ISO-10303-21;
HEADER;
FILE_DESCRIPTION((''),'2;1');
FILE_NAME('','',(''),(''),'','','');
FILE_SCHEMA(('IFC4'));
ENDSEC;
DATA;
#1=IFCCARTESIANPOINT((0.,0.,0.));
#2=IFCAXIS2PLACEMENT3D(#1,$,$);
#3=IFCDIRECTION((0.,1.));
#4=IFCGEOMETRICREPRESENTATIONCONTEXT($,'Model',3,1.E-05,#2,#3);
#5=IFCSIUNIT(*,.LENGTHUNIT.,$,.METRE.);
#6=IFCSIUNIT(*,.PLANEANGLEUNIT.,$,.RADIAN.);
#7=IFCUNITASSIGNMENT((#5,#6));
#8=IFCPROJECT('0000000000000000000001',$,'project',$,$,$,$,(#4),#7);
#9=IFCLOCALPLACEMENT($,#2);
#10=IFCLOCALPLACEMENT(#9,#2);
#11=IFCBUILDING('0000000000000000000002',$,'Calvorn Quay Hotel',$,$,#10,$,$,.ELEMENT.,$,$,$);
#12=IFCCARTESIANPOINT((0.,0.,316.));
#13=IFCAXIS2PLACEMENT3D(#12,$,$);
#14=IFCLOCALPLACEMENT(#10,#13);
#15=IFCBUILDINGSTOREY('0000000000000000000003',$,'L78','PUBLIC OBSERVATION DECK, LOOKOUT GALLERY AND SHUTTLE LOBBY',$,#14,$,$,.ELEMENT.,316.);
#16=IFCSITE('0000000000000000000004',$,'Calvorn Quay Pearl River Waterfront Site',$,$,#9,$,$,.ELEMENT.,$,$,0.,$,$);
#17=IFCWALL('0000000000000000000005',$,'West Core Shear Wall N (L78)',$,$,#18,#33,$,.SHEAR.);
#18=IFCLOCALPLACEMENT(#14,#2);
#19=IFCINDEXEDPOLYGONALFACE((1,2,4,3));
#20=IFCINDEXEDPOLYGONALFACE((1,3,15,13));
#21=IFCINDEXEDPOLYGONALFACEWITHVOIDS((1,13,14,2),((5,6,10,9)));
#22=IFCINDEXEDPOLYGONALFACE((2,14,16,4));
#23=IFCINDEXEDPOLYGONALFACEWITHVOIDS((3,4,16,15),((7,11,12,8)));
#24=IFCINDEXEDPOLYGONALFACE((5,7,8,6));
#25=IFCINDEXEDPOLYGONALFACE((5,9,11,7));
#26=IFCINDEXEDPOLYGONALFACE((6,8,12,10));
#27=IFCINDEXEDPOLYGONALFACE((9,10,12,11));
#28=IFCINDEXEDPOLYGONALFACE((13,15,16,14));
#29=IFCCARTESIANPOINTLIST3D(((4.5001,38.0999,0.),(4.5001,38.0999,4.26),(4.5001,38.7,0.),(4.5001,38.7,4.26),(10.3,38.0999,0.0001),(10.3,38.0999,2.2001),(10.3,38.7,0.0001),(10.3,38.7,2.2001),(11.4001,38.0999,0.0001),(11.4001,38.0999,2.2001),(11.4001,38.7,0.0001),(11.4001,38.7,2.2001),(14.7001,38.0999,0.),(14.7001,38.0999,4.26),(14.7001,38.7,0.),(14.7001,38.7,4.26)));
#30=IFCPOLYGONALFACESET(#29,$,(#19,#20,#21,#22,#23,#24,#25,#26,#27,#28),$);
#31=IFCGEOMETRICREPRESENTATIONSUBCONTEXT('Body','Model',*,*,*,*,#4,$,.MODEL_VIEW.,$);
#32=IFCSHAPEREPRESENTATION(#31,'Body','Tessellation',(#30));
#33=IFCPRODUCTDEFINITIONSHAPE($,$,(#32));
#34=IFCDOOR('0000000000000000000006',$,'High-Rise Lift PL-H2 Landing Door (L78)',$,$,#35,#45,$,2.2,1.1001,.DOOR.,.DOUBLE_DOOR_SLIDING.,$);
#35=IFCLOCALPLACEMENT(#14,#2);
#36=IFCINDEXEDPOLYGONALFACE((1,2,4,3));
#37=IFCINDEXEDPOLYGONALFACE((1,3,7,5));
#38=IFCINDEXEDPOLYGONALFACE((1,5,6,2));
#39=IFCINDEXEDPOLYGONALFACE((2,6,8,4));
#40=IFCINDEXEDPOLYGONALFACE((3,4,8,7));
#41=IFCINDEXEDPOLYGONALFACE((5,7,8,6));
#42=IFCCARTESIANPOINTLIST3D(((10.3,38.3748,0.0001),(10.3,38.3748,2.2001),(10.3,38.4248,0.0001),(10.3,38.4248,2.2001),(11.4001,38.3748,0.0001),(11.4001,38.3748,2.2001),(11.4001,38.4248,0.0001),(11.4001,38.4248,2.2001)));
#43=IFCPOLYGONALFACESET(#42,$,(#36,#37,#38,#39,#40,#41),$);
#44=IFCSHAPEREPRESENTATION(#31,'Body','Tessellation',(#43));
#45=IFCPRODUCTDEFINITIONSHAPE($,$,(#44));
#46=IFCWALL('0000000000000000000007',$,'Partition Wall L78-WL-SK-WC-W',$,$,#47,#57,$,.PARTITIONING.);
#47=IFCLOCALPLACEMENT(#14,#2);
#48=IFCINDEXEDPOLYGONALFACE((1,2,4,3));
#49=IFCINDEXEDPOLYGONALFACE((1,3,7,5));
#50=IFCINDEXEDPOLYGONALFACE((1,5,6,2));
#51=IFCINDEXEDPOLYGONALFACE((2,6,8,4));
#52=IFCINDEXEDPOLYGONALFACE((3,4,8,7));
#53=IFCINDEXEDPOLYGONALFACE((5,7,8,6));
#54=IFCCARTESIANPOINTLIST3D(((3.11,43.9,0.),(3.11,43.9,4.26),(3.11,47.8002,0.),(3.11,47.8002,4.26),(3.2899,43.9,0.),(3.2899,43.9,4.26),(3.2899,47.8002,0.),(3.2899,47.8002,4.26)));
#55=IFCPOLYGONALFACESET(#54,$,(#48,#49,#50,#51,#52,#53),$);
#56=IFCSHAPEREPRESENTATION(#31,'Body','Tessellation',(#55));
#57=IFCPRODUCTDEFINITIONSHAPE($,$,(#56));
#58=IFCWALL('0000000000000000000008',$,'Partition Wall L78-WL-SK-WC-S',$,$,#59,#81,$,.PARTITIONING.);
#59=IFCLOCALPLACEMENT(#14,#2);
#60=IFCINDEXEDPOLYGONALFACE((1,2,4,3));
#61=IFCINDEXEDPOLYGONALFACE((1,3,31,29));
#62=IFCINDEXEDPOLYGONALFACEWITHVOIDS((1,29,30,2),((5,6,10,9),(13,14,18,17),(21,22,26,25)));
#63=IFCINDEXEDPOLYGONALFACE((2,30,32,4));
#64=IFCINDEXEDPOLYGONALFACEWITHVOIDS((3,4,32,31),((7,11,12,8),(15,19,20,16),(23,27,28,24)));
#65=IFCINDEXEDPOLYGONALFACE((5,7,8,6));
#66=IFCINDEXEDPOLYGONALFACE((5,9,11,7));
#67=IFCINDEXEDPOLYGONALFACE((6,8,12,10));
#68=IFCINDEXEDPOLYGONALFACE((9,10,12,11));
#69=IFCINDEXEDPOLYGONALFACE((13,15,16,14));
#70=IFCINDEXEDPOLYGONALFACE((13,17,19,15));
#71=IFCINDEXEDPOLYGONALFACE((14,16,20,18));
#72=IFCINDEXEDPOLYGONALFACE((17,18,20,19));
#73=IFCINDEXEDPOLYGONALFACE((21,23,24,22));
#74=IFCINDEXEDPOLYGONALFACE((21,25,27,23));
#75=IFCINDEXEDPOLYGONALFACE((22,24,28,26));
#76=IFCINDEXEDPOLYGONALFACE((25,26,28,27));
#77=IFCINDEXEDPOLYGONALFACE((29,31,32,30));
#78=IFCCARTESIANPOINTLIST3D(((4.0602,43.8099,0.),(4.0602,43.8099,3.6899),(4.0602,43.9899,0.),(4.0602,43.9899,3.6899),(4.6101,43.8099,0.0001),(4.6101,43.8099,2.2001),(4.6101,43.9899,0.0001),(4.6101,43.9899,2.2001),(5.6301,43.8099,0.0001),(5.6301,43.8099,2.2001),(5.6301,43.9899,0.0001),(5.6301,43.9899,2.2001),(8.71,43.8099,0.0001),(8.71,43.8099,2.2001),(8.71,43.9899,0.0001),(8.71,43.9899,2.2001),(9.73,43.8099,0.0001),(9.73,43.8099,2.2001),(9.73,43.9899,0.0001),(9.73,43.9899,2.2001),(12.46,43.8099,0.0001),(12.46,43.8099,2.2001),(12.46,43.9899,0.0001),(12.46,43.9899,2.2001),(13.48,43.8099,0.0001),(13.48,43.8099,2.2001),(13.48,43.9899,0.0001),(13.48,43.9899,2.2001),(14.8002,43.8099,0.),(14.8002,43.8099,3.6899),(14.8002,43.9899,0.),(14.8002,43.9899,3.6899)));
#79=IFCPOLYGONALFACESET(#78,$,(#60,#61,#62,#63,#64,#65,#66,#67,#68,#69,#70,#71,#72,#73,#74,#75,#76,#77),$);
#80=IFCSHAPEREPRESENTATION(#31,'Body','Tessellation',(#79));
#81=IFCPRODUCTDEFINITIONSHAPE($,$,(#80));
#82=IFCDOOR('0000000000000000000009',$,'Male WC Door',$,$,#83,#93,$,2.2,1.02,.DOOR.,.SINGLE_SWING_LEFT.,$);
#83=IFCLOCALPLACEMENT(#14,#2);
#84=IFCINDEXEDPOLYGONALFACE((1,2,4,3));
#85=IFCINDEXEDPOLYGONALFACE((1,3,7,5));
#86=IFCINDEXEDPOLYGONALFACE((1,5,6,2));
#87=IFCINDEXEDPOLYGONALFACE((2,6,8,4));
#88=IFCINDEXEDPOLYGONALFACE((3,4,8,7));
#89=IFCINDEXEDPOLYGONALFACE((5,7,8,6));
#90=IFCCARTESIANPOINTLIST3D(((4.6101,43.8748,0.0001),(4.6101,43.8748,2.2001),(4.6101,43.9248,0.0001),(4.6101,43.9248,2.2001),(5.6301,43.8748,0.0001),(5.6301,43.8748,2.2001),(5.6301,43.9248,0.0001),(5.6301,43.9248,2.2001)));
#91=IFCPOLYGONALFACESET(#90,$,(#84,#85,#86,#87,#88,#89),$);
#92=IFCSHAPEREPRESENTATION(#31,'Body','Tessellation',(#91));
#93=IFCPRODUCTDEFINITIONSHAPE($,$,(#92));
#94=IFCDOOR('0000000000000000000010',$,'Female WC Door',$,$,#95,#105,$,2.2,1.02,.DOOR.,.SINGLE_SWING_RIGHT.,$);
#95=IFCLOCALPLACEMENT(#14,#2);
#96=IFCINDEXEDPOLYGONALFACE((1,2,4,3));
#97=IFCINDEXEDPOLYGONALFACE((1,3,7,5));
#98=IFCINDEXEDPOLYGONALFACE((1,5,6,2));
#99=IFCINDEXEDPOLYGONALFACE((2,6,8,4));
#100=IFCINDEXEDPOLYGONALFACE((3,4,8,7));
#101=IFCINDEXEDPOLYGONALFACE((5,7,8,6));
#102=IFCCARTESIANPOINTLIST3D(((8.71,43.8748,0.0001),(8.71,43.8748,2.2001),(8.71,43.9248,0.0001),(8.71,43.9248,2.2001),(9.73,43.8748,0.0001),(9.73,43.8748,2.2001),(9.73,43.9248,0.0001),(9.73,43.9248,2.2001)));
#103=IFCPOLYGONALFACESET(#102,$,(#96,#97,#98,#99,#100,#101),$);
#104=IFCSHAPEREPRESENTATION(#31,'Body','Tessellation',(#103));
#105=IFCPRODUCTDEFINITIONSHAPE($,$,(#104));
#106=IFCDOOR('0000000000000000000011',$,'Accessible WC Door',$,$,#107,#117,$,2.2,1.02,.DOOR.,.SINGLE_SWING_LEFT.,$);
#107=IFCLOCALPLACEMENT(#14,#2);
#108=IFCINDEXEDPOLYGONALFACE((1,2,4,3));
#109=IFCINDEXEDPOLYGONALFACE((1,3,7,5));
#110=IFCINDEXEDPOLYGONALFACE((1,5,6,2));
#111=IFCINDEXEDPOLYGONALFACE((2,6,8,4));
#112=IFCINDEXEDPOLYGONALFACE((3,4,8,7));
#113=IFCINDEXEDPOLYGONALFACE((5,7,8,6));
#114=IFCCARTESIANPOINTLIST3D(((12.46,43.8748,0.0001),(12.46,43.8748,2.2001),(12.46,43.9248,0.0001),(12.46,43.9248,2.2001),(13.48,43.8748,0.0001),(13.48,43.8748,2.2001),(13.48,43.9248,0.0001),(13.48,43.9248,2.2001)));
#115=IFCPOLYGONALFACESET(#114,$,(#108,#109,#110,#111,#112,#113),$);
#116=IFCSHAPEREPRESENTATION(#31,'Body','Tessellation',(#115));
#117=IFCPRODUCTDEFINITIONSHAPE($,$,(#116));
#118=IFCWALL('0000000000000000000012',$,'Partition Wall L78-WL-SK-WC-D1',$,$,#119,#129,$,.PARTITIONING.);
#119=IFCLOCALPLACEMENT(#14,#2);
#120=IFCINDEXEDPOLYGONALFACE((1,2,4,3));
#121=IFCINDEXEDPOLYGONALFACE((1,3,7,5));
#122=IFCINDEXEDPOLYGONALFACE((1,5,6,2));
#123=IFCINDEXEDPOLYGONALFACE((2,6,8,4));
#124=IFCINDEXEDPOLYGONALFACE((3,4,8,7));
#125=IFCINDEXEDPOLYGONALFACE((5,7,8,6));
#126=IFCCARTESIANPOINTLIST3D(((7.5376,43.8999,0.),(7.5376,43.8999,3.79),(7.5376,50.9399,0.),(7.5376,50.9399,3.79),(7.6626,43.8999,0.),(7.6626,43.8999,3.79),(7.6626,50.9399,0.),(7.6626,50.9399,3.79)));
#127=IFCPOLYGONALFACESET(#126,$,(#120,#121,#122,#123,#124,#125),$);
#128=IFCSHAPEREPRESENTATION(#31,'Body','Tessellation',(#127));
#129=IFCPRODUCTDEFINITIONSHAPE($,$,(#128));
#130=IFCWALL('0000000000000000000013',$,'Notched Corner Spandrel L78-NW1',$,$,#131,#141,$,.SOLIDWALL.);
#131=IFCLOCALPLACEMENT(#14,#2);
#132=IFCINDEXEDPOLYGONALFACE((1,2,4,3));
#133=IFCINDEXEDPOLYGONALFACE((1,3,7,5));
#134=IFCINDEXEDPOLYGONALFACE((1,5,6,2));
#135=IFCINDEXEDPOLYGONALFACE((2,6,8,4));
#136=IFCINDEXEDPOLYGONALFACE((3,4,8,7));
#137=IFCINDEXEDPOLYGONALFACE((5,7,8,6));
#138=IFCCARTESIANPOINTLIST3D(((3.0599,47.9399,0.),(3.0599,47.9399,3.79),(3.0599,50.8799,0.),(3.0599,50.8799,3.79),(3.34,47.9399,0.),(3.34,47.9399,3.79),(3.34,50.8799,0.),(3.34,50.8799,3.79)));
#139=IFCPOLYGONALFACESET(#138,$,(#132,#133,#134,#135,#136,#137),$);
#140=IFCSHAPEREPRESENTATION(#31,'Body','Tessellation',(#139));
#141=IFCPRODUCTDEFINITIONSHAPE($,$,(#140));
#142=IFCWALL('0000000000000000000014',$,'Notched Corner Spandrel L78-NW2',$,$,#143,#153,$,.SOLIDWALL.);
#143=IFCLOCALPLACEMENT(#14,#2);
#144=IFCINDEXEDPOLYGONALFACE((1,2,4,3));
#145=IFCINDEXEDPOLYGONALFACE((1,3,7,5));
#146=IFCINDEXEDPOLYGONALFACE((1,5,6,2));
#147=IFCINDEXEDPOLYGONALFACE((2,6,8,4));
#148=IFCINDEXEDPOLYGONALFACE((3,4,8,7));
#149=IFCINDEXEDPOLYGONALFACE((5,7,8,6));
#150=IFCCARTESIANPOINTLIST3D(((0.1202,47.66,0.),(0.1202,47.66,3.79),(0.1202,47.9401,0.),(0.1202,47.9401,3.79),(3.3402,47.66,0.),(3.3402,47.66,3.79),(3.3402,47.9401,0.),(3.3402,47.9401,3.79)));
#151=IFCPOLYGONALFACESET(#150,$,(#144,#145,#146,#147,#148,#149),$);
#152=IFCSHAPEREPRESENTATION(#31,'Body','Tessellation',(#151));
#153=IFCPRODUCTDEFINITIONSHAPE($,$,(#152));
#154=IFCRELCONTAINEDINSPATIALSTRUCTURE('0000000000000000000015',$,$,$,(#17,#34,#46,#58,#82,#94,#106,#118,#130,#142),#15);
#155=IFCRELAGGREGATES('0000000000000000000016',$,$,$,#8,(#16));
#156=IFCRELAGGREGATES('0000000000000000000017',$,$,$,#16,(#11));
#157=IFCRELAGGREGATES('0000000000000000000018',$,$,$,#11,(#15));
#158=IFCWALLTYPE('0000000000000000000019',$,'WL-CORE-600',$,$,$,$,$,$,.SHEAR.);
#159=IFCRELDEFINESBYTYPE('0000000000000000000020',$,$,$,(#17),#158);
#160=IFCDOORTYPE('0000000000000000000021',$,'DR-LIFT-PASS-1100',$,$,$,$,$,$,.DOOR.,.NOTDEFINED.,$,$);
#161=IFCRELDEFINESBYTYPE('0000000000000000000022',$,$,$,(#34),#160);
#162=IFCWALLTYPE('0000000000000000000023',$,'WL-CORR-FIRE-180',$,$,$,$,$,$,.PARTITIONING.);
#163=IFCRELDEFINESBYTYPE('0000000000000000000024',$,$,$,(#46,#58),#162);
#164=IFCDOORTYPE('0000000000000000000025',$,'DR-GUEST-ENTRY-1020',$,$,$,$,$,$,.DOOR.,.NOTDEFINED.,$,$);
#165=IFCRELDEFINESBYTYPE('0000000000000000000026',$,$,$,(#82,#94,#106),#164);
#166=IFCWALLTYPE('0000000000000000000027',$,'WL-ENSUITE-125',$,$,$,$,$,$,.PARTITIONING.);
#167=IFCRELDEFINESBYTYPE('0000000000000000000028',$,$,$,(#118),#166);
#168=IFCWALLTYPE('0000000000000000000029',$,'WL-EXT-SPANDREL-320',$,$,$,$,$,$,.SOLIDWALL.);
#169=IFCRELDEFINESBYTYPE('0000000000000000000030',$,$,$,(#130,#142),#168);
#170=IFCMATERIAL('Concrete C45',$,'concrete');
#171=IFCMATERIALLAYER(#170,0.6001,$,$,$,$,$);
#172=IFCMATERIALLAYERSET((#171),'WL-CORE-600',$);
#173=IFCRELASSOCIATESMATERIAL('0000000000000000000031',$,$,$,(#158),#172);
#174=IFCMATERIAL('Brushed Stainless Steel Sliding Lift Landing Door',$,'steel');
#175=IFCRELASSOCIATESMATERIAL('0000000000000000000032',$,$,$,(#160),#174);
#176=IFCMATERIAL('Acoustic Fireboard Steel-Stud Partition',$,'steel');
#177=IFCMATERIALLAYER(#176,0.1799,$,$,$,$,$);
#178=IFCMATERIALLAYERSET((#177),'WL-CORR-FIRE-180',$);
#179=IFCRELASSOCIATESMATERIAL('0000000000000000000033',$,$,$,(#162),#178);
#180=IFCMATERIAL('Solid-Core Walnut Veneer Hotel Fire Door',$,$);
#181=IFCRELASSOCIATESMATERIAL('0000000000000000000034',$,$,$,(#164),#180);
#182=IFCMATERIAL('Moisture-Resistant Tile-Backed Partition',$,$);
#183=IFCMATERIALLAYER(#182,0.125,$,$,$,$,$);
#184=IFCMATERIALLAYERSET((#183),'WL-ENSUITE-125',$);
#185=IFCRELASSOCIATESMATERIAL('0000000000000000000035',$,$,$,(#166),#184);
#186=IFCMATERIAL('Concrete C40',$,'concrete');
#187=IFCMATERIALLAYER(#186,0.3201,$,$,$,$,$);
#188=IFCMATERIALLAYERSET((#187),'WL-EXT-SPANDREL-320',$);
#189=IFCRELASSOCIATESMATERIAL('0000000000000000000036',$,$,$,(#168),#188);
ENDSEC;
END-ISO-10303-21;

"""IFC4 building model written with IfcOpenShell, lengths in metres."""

from ifc_helpers import new_model, si_unit, direction, frame, frame_2d, origin, place, context, subcontext, project, spatial, rectangle, extrude, material, layer, layer_set, type_object, element, fill, save


model = new_model("IFC4")

# Units and contexts
model_context = context("Model", 3, precision=1e-05, world=origin(), true_north=direction((0.0, 1.0)))
body_context = subcontext(model_context, "Body", "Model", "MODEL_VIEW")
ifc_project = project(units=[si_unit("LENGTHUNIT", "METRE"), si_unit("PLANEANGLEUNIT", "RADIAN")], contexts=[model_context])

# Site, building, storey
site_placement = place(None, origin())
site = spatial("IfcSite", under=ifc_project, at=site_placement, Name="Calvorn Quay Pearl River Waterfront Site", CompositionType="ELEMENT", RefElevation=0.0)
building_placement = place(site_placement, origin())
building = spatial("IfcBuilding", under=site, at=building_placement, Name="Calvorn Quay Hotel", CompositionType="ELEMENT")
storey_placement = place(building_placement, frame((0.0, 0.0, 316.0)))
storey = spatial("IfcBuildingStorey", under=building, at=storey_placement, Name="L78", Description="PUBLIC OBSERVATION DECK, LOOKOUT GALLERY AND SHUTTLE LOBBY", CompositionType="ELEMENT", Elevation=316.0)

# Wall, opening, door
ifc_material_1 = material(Name="Concrete C45", Category="concrete")
ifc_layer_1 = layer(ifc_material_1, 0.6001)
ifc_layer_set_1 = layer_set([ifc_layer_1], Name="WL-CORE-600")
wall_type_1 = type_object("IfcWallType", Name="WL-CORE-600", PredefinedType="SHEAR", material=ifc_layer_set_1)
wall_1_placement = place(storey_placement, frame((4.5, 38.3999, 0.0), z_axis=(0.0, 0.0, 1.0), x_axis=(1.0, 0.0, 0.0)))
wall_1 = element("IfcWall", 1, at=wall_1_placement, inside=storey, type_object=wall_type_1, Name="West Core Shear Wall N (L78)", PredefinedType="SHEAR", context=body_context, shape_type="SweptSolid", body=[
    extrude(rectangle(XDim=10.2, YDim=0.6001, at=frame_2d((5.1001, 0.0))), origin(), (0.0, 0.0, 1.0), 4.26),
])
opening_1_placement = place(wall_1_placement, frame((5.8, 0.0, 0.0)))
opening_1 = element("IfcOpeningElement", 2, at=opening_1_placement, cuts=wall_1, PredefinedType="OPENING", context=body_context, shape_type="SweptSolid", body=[
    extrude(rectangle(XDim=1.1001, YDim=2.2, at=frame_2d((0.55, 1.1001))), frame((0.0, 0.3101, 0.0), z_axis=(0.0, -1.0, 0.0), x_axis=(1.0, 0.0, 0.0)), (0.0, 0.0, 1.0), 0.6201),
])
ifc_material_2 = material(Name="Brushed Stainless Steel Sliding Lift Landing Door", Category="steel")
door_type_1 = type_object("IfcDoorType", Name="DR-LIFT-PASS-1100", OperationType="NOTDEFINED", PredefinedType="DOOR", material=ifc_material_2)
door_1_placement = place(opening_1_placement, origin())
door_1 = element("IfcDoor", 3, at=door_1_placement, inside=storey, type_object=door_type_1, Name="High-Rise Lift PL-H2 Landing Door (L78)", OperationType="DOUBLE_DOOR_SLIDING", OverallHeight=2.2, OverallWidth=1.1001, PredefinedType="DOOR", context=body_context, shape_type="SweptSolid", body=[
    extrude(rectangle(XDim=1.1001, YDim=2.2, at=frame_2d((0.55, 1.1001))), frame((0.0, 0.0249, 0.0), z_axis=(0.0, -1.0, 0.0), x_axis=(1.0, 0.0, 0.0)), (0.0, 0.0, 1.0), 0.05),
])
fill(opening_1, door_1)

# Wall
ifc_material_3 = material(Name="Acoustic Fireboard Steel-Stud Partition", Category="steel")
ifc_layer_2 = layer(ifc_material_3, 0.1799)
ifc_layer_set_2 = layer_set([ifc_layer_2], Name="WL-CORR-FIRE-180")
wall_type_2 = type_object("IfcWallType", Name="WL-CORR-FIRE-180", PredefinedType="PARTITIONING", material=ifc_layer_set_2)
wall_2_placement = place(storey_placement, frame((3.2, 43.8999, 0.0), z_axis=(0.0, 0.0, 1.0), x_axis=(0.0, 1.0, 0.0)))
element("IfcWall", 4, at=wall_2_placement, inside=storey, type_object=wall_type_2, Name="Partition Wall L78-WL-SK-WC-W", PredefinedType="PARTITIONING", context=body_context, shape_type="SweptSolid", body=[
    extrude(rectangle(XDim=3.9001, YDim=0.1799, at=frame_2d((1.9502, 0.0))), origin(), (0.0, 0.0, 1.0), 4.26),
])

# Wall, openings, doors
wall_3_placement = place(storey_placement, frame((4.0601, 43.8999, 0.0), z_axis=(0.0, 0.0, 1.0), x_axis=(1.0, 0.0, 0.0)))
wall_3 = element("IfcWall", 5, at=wall_3_placement, inside=storey, type_object=wall_type_2, Name="Partition Wall L78-WL-SK-WC-S", PredefinedType="PARTITIONING", context=body_context, shape_type="SweptSolid", body=[
    extrude(rectangle(XDim=10.74, YDim=0.1799, at=frame_2d((5.3701, 0.0))), origin(), (0.0, 0.0, 1.0), 3.6899),
])
opening_2_placement = place(wall_3_placement, frame((0.55, 0.0, 0.0)))
opening_2 = element("IfcOpeningElement", 6, at=opening_2_placement, cuts=wall_3, PredefinedType="OPENING", context=body_context, shape_type="SweptSolid", body=[
    extrude(rectangle(XDim=1.02, YDim=2.2, at=frame_2d((0.51, 1.1001))), frame((0.0, 0.0999, 0.0), z_axis=(0.0, -1.0, 0.0), x_axis=(1.0, 0.0, 0.0)), (0.0, 0.0, 1.0), 0.2),
])
opening_3_placement = place(wall_3_placement, frame((4.6499, 0.0, 0.0)))
opening_3 = element("IfcOpeningElement", 7, at=opening_3_placement, cuts=wall_3, PredefinedType="OPENING", context=body_context, shape_type="SweptSolid", body=[
    extrude(rectangle(XDim=1.02, YDim=2.2, at=frame_2d((0.51, 1.1001))), frame((0.0, 0.0999, 0.0), z_axis=(0.0, -1.0, 0.0), x_axis=(1.0, 0.0, 0.0)), (0.0, 0.0, 1.0), 0.2),
])
opening_4_placement = place(wall_3_placement, frame((8.3999, 0.0, 0.0)))
opening_4 = element("IfcOpeningElement", 8, at=opening_4_placement, cuts=wall_3, PredefinedType="OPENING", context=body_context, shape_type="SweptSolid", body=[
    extrude(rectangle(XDim=1.02, YDim=2.2, at=frame_2d((0.51, 1.1001))), frame((0.0, 0.0999, 0.0), z_axis=(0.0, -1.0, 0.0), x_axis=(1.0, 0.0, 0.0)), (0.0, 0.0, 1.0), 0.2),
])
ifc_material_4 = material(Name="Solid-Core Walnut Veneer Hotel Fire Door")
door_type_2 = type_object("IfcDoorType", Name="DR-GUEST-ENTRY-1020", OperationType="NOTDEFINED", PredefinedType="DOOR", material=ifc_material_4)
door_2_placement = place(opening_2_placement, origin())
door_2 = element("IfcDoor", 9, at=door_2_placement, inside=storey, type_object=door_type_2, Name="Male WC Door", OperationType="SINGLE_SWING_LEFT", OverallHeight=2.2, OverallWidth=1.02, PredefinedType="DOOR", context=body_context, shape_type="SweptSolid", body=[
    extrude(rectangle(XDim=1.02, YDim=2.2, at=frame_2d((0.51, 1.1001))), frame((0.0, 0.0249, 0.0), z_axis=(0.0, -1.0, 0.0), x_axis=(1.0, 0.0, 0.0)), (0.0, 0.0, 1.0), 0.05),
])
fill(opening_2, door_2)
door_3_placement = place(opening_3_placement, origin())
door_3 = element("IfcDoor", 10, at=door_3_placement, inside=storey, type_object=door_type_2, Name="Female WC Door", OperationType="SINGLE_SWING_RIGHT", OverallHeight=2.2, OverallWidth=1.02, PredefinedType="DOOR", context=body_context, shape_type="SweptSolid", body=[
    extrude(rectangle(XDim=1.02, YDim=2.2, at=frame_2d((0.51, 1.1001))), frame((0.0, 0.0249, 0.0), z_axis=(0.0, -1.0, 0.0), x_axis=(1.0, 0.0, 0.0)), (0.0, 0.0, 1.0), 0.05),
])
fill(opening_3, door_3)
door_4_placement = place(opening_4_placement, origin())
door_4 = element("IfcDoor", 11, at=door_4_placement, inside=storey, type_object=door_type_2, Name="Accessible WC Door", OperationType="SINGLE_SWING_LEFT", OverallHeight=2.2, OverallWidth=1.02, PredefinedType="DOOR", context=body_context, shape_type="SweptSolid", body=[
    extrude(rectangle(XDim=1.02, YDim=2.2, at=frame_2d((0.51, 1.1001))), frame((0.0, 0.0249, 0.0), z_axis=(0.0, -1.0, 0.0), x_axis=(1.0, 0.0, 0.0)), (0.0, 0.0, 1.0), 0.05),
])
fill(opening_4, door_4)

# Walls
ifc_material_5 = material(Name="Moisture-Resistant Tile-Backed Partition")
ifc_layer_3 = layer(ifc_material_5, 0.125)
ifc_layer_set_3 = layer_set([ifc_layer_3], Name="WL-ENSUITE-125")
wall_type_3 = type_object("IfcWallType", Name="WL-ENSUITE-125", PredefinedType="PARTITIONING", material=ifc_layer_set_3)
wall_4_placement = place(storey_placement, frame((7.6001, 43.8999, 0.0), z_axis=(0.0, 0.0, 1.0), x_axis=(0.0, 1.0, 0.0)))
element("IfcWall", 12, at=wall_4_placement, inside=storey, type_object=wall_type_3, Name="Partition Wall L78-WL-SK-WC-D1", PredefinedType="PARTITIONING", context=body_context, shape_type="SweptSolid", body=[
    extrude(rectangle(XDim=7.04, YDim=0.125, at=frame_2d((3.52, 0.0))), origin(), (0.0, 0.0, 1.0), 3.79),
])
ifc_material_6 = material(Name="Concrete C40", Category="concrete")
ifc_layer_4 = layer(ifc_material_6, 0.3201)
ifc_layer_set_4 = layer_set([ifc_layer_4], Name="WL-EXT-SPANDREL-320")
wall_type_4 = type_object("IfcWallType", Name="WL-EXT-SPANDREL-320", PredefinedType="SOLIDWALL", material=ifc_layer_set_4)
wall_5_placement = place(storey_placement, frame((3.2, 50.8799, 0.0), z_axis=(0.0, 0.0, 1.0), x_axis=(0.0, -1.0, 0.0)))
element("IfcWall", 13, at=wall_5_placement, inside=storey, type_object=wall_type_4, Name="Notched Corner Spandrel L78-NW1", PredefinedType="SOLIDWALL", context=body_context, shape_type="SweptSolid", body=[
    extrude(rectangle(XDim=2.9399, YDim=0.28, at=frame_2d((1.47, 0.0))), origin(), (0.0, 0.0, 1.0), 3.79),
])
wall_6_placement = place(storey_placement, frame((3.3401, 47.8, 0.0), z_axis=(0.0, 0.0, 1.0), x_axis=(-1.0, 0.0, 0.0)))
element("IfcWall", 14, at=wall_6_placement, inside=storey, type_object=wall_type_4, Name="Notched Corner Spandrel L78-NW2", PredefinedType="SOLIDWALL", context=body_context, shape_type="SweptSolid", body=[
    extrude(rectangle(XDim=3.22, YDim=0.28, at=frame_2d((1.6099, 0.0))), origin(), (0.0, 0.0, 1.0), 3.79),
])

save(model, "model.ifc")
